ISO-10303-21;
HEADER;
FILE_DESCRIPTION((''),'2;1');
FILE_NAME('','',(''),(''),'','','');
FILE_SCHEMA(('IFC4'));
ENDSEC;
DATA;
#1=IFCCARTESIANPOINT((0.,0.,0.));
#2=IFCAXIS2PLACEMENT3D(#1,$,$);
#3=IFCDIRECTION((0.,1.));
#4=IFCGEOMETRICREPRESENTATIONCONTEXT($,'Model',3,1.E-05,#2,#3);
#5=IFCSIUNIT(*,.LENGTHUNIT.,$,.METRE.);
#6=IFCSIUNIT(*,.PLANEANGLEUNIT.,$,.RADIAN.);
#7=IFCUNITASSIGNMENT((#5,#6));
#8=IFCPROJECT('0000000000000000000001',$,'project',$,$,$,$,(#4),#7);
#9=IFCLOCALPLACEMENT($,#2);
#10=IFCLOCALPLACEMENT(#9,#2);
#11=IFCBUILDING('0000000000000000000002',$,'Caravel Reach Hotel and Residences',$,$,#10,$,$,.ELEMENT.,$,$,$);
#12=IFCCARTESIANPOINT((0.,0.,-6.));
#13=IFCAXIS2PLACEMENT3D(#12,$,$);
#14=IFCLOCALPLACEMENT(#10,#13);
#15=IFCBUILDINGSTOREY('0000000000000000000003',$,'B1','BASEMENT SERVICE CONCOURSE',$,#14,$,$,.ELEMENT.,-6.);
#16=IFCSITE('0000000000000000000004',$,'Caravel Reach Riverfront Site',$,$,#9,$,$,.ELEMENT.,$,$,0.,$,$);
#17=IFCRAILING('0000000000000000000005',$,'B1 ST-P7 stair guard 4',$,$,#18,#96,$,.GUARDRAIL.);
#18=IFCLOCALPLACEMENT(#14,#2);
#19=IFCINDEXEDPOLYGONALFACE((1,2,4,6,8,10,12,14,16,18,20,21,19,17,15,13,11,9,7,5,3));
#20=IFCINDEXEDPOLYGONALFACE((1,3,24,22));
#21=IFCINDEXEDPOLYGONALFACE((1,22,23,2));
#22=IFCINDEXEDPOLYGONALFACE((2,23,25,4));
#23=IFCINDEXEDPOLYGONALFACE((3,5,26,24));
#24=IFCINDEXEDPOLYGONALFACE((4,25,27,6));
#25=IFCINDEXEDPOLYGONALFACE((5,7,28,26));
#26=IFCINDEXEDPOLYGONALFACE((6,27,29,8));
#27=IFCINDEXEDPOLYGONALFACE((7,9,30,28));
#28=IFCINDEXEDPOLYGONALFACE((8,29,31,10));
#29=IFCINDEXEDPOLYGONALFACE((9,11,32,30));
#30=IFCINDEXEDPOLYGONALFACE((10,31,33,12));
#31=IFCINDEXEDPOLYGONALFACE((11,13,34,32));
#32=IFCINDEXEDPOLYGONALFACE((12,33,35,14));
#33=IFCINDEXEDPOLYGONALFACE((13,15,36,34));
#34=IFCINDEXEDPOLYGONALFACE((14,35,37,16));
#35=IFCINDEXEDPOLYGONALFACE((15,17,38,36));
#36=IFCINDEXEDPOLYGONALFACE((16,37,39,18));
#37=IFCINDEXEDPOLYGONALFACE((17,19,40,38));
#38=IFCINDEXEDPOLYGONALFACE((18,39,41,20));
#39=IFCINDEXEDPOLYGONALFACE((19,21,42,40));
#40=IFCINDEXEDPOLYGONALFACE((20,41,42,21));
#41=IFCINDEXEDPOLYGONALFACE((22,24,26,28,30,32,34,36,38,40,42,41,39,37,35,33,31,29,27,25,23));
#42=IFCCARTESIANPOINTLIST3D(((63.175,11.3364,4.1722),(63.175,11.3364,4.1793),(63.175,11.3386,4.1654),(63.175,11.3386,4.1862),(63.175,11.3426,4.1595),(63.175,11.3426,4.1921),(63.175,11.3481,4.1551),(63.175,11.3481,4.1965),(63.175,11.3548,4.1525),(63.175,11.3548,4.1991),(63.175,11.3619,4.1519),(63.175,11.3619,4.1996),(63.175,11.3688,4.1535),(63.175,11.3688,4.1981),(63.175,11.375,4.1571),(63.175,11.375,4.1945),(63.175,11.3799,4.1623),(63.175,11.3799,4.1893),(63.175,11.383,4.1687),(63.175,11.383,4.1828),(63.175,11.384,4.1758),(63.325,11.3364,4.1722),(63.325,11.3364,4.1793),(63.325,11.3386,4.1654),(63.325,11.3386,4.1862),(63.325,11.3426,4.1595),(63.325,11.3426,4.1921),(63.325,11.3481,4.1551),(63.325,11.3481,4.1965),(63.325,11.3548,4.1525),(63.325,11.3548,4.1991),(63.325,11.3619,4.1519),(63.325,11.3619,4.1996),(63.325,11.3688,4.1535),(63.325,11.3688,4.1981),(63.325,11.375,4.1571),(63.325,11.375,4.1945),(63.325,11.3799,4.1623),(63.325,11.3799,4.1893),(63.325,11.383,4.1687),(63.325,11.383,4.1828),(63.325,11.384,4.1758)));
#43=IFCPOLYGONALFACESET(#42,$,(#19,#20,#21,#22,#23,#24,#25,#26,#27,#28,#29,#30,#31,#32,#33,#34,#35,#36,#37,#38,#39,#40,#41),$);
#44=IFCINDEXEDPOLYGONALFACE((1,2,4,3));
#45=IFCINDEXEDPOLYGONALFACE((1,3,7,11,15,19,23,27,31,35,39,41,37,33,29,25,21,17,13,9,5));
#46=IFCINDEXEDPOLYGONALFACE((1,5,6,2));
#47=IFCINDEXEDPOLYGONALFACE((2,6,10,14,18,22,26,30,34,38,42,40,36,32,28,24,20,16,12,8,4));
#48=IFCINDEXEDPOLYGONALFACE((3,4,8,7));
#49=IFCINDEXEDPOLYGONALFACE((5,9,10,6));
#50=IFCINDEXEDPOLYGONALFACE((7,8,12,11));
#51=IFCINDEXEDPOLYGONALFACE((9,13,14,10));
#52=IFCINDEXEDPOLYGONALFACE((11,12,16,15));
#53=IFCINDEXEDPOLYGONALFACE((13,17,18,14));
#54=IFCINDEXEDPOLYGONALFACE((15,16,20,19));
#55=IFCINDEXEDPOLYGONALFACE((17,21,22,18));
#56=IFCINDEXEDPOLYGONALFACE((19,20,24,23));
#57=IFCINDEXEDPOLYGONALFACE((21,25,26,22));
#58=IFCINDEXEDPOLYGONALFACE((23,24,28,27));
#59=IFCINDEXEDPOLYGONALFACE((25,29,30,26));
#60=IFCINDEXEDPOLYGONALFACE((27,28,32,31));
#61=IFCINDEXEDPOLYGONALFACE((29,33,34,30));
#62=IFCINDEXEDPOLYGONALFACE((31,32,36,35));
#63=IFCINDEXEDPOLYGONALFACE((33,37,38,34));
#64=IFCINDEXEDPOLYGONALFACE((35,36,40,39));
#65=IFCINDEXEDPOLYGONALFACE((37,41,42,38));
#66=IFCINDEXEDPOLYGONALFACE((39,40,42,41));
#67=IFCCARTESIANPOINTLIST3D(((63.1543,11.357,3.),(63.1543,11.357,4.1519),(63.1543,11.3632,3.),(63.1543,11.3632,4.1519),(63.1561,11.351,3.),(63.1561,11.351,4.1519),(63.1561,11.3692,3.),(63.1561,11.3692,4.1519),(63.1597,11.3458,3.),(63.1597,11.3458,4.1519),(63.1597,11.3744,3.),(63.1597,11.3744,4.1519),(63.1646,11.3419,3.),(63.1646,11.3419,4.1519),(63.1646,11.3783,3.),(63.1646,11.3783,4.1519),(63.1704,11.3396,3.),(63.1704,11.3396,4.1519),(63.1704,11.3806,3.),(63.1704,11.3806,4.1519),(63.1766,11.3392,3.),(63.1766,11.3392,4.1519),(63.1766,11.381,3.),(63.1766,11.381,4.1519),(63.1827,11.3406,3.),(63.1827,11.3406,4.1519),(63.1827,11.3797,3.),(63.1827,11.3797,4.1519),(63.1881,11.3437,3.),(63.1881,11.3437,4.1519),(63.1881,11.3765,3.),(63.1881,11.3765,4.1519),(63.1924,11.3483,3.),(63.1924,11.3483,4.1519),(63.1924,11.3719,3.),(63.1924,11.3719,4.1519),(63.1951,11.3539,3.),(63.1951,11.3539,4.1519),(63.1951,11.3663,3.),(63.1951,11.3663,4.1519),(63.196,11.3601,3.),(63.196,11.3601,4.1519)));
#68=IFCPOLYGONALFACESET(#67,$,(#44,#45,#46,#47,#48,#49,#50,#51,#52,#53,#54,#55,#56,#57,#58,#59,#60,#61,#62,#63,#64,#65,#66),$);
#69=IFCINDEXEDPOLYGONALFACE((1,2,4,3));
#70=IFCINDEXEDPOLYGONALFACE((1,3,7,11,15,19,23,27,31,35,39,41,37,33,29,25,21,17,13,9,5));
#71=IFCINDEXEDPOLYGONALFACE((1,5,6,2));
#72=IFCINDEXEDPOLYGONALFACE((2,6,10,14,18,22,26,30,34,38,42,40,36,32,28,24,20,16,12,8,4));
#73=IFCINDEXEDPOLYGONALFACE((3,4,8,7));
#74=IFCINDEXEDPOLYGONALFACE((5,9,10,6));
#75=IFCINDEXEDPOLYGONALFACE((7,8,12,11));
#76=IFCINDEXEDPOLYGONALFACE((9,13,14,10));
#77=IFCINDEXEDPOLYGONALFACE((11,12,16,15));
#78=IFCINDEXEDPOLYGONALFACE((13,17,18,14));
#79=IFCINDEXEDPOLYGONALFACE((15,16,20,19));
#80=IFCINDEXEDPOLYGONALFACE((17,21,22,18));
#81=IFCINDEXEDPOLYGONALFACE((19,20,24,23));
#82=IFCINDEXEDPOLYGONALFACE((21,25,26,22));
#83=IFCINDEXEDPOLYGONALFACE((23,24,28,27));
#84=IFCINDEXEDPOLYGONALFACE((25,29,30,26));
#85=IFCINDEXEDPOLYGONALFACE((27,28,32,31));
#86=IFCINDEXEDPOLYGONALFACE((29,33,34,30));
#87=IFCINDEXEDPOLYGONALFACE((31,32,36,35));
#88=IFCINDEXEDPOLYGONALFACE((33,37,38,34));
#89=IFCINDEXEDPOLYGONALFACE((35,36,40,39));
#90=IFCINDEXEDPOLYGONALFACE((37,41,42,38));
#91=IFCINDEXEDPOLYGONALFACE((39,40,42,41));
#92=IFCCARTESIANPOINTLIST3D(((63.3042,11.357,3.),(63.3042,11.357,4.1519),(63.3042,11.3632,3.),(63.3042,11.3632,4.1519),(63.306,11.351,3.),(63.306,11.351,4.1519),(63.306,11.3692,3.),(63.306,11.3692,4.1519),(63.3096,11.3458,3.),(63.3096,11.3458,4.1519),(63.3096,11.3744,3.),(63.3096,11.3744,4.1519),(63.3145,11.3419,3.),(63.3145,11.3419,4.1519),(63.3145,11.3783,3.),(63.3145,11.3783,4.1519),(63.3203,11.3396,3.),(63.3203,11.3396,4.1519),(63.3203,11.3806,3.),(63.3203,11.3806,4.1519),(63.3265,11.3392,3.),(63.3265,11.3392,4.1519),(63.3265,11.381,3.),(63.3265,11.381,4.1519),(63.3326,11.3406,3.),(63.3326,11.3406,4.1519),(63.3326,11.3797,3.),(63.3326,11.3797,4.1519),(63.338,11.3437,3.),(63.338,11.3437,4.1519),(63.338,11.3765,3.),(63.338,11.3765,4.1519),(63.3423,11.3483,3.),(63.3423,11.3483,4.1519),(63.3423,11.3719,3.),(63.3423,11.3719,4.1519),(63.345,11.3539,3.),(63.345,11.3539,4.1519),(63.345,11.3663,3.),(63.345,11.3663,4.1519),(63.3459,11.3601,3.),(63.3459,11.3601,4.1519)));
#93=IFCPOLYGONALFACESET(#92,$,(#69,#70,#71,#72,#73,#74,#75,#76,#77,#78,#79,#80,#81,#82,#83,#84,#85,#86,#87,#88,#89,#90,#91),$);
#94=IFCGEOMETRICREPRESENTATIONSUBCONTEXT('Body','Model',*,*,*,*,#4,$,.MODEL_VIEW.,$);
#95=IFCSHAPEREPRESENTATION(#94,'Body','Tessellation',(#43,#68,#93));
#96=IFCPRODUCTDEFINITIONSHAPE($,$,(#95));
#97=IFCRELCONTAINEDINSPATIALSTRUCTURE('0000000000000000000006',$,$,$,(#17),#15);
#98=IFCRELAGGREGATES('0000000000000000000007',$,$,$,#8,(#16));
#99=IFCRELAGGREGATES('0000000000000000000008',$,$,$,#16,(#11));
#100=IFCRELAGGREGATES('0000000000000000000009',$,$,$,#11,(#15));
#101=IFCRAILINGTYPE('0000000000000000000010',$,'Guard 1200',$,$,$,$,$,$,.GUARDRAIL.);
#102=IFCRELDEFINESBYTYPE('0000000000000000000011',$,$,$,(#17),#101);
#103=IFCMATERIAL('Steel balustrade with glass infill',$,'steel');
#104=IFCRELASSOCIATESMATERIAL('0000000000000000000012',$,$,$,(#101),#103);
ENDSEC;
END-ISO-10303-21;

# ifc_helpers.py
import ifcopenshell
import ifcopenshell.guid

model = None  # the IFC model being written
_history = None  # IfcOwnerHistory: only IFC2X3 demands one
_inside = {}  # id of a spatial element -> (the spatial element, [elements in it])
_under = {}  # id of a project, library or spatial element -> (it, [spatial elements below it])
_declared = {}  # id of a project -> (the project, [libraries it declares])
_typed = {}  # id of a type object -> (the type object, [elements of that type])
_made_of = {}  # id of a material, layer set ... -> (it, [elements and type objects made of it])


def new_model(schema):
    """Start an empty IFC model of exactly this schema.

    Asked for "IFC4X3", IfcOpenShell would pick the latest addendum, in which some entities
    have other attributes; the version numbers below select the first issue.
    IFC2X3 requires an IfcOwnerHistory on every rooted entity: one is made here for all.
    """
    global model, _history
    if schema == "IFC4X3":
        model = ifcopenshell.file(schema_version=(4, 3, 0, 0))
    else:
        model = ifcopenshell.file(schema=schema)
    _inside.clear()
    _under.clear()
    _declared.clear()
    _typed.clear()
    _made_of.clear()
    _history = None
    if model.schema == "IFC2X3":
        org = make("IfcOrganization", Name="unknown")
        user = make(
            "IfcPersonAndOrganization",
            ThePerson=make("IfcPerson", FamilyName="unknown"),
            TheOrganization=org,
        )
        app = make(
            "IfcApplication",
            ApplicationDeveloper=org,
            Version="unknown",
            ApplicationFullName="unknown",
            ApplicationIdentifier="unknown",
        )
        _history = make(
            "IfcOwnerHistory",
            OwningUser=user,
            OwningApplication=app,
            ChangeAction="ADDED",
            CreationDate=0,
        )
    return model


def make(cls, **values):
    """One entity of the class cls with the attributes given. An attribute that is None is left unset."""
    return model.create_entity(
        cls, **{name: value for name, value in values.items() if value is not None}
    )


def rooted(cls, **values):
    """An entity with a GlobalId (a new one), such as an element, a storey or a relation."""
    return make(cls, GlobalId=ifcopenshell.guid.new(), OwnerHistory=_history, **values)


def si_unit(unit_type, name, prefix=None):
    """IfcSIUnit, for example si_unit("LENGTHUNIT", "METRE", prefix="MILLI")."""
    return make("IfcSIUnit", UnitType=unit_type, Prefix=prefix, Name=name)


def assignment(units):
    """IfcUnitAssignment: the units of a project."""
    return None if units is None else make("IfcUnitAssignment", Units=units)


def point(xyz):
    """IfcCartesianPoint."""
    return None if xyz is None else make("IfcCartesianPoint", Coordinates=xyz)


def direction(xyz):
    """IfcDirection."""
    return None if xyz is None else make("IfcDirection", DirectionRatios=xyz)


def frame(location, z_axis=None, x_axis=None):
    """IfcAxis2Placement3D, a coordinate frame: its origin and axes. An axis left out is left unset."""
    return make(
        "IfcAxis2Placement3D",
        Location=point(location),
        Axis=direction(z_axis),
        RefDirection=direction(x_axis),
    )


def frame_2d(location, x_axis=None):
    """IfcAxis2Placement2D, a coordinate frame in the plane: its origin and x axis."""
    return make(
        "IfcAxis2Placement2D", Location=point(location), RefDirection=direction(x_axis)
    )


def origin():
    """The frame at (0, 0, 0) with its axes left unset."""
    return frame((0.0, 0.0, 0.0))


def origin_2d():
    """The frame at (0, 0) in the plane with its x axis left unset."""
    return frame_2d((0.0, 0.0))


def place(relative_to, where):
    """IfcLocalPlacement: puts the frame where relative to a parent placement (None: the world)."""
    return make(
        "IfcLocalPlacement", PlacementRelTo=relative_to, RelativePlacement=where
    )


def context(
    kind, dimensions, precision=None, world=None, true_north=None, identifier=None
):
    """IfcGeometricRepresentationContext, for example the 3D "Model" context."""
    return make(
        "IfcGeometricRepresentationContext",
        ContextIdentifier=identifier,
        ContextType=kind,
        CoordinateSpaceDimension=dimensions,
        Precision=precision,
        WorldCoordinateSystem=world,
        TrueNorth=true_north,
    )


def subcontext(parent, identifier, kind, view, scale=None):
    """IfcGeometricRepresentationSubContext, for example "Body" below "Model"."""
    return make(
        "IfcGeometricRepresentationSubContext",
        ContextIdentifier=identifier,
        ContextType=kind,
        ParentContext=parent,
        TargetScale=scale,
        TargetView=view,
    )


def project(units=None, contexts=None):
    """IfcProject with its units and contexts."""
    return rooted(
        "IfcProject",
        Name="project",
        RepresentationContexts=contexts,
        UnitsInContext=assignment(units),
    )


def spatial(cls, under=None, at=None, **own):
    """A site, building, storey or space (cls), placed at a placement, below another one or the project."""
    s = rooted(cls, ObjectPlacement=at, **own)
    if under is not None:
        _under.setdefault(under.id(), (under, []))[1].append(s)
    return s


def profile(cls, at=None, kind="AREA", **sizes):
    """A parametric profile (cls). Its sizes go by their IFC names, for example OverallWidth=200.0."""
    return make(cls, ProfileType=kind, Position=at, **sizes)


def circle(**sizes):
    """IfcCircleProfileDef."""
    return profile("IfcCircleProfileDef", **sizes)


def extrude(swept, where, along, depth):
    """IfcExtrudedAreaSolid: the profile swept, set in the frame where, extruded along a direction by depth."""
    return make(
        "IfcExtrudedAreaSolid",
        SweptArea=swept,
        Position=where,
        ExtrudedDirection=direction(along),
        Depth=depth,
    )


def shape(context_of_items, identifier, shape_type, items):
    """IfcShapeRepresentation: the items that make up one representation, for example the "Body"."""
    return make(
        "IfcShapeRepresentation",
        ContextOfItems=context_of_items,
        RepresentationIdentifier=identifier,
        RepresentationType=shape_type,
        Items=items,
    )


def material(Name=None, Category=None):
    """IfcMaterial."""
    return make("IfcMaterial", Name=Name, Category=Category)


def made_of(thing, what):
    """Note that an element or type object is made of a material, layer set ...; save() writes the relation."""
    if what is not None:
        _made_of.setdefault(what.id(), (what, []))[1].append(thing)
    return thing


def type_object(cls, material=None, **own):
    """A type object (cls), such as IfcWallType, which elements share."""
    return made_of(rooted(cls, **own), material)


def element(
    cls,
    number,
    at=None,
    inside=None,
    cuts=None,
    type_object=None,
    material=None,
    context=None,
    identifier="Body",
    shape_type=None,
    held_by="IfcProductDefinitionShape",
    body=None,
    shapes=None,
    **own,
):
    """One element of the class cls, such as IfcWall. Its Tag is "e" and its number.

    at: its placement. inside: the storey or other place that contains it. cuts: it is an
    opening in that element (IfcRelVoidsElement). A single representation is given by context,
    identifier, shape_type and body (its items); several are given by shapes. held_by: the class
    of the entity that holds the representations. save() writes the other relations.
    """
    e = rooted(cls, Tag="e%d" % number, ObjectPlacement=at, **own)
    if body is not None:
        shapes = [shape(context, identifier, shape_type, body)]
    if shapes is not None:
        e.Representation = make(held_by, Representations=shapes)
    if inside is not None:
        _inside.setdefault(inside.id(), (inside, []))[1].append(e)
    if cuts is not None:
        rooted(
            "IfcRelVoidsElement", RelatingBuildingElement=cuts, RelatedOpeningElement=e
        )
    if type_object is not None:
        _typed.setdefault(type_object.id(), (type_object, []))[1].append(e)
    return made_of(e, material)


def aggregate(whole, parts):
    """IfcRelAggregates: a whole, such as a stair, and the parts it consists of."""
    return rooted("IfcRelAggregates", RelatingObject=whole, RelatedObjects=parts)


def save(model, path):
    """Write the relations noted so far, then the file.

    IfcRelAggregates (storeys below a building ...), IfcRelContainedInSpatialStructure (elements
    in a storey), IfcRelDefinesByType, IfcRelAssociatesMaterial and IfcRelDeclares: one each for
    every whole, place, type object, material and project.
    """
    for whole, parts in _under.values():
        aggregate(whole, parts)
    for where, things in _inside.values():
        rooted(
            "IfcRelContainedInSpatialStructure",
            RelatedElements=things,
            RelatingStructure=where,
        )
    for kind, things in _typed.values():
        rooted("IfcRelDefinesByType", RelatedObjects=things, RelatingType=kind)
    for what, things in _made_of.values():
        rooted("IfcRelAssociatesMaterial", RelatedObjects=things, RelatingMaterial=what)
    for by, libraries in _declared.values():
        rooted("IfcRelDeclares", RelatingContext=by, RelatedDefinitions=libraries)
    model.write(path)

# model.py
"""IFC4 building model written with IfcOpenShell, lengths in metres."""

from ifc_helpers import new_model, si_unit, direction, frame, origin, origin_2d, place, context, subcontext, project, spatial, circle, extrude, material, type_object, element, save


model = new_model("IFC4")

# Units and contexts
model_context = context("Model", 3, precision=1e-05, world=origin(), true_north=direction((0.0, 1.0)))
body_context = subcontext(model_context, "Body", "Model", "MODEL_VIEW")
ifc_project = project(units=[si_unit("LENGTHUNIT", "METRE"), si_unit("PLANEANGLEUNIT", "RADIAN")], contexts=[model_context])

# Site, building, storey
site_placement = place(None, origin())
site = spatial("IfcSite", under=ifc_project, at=site_placement, Name="Caravel Reach Riverfront Site", CompositionType="ELEMENT", RefElevation=0.0)
building_placement = place(site_placement, origin())
building = spatial("IfcBuilding", under=site, at=building_placement, Name="Caravel Reach Hotel and Residences", CompositionType="ELEMENT")
storey_placement = place(building_placement, frame((0.0, 0.0, -6.0)))
storey = spatial("IfcBuildingStorey", under=building, at=storey_placement, Name="B1", Description="BASEMENT SERVICE CONCOURSE", CompositionType="ELEMENT", Elevation=-6.0)

# Railing
ifc_material_1 = material(Name="Steel balustrade with glass infill", Category="steel")
railing_type_1 = type_object("IfcRailingType", Name="Guard 1200", PredefinedType="GUARDRAIL", material=ifc_material_1)
railing_1_placement = place(storey_placement, frame((63.175, 11.3601, 3.0)))
element("IfcRailing", 1, at=railing_1_placement, inside=storey, type_object=railing_type_1, Name="B1 ST-P7 stair guard 4", PredefinedType="GUARDRAIL", context=body_context, shape_type="SweptSolid", body=[
    extrude(circle(Radius=0.0239, at=origin_2d()), frame((0.0, 0.0, 1.1758), z_axis=(1.0, 0.0, 0.0), x_axis=(0.0, 1.0, 0.0)), (0.0, 0.0, 1.0), 0.1499),
    extrude(circle(Radius=0.021, at=origin_2d()), origin(), (0.0, 0.0, 1.0), 1.1519),
    extrude(circle(Radius=0.021, at=origin_2d()), frame((0.1499, 0.0, 0.0)), (0.0, 0.0, 1.0), 1.1519),
])

save(model, "model.ifc")
